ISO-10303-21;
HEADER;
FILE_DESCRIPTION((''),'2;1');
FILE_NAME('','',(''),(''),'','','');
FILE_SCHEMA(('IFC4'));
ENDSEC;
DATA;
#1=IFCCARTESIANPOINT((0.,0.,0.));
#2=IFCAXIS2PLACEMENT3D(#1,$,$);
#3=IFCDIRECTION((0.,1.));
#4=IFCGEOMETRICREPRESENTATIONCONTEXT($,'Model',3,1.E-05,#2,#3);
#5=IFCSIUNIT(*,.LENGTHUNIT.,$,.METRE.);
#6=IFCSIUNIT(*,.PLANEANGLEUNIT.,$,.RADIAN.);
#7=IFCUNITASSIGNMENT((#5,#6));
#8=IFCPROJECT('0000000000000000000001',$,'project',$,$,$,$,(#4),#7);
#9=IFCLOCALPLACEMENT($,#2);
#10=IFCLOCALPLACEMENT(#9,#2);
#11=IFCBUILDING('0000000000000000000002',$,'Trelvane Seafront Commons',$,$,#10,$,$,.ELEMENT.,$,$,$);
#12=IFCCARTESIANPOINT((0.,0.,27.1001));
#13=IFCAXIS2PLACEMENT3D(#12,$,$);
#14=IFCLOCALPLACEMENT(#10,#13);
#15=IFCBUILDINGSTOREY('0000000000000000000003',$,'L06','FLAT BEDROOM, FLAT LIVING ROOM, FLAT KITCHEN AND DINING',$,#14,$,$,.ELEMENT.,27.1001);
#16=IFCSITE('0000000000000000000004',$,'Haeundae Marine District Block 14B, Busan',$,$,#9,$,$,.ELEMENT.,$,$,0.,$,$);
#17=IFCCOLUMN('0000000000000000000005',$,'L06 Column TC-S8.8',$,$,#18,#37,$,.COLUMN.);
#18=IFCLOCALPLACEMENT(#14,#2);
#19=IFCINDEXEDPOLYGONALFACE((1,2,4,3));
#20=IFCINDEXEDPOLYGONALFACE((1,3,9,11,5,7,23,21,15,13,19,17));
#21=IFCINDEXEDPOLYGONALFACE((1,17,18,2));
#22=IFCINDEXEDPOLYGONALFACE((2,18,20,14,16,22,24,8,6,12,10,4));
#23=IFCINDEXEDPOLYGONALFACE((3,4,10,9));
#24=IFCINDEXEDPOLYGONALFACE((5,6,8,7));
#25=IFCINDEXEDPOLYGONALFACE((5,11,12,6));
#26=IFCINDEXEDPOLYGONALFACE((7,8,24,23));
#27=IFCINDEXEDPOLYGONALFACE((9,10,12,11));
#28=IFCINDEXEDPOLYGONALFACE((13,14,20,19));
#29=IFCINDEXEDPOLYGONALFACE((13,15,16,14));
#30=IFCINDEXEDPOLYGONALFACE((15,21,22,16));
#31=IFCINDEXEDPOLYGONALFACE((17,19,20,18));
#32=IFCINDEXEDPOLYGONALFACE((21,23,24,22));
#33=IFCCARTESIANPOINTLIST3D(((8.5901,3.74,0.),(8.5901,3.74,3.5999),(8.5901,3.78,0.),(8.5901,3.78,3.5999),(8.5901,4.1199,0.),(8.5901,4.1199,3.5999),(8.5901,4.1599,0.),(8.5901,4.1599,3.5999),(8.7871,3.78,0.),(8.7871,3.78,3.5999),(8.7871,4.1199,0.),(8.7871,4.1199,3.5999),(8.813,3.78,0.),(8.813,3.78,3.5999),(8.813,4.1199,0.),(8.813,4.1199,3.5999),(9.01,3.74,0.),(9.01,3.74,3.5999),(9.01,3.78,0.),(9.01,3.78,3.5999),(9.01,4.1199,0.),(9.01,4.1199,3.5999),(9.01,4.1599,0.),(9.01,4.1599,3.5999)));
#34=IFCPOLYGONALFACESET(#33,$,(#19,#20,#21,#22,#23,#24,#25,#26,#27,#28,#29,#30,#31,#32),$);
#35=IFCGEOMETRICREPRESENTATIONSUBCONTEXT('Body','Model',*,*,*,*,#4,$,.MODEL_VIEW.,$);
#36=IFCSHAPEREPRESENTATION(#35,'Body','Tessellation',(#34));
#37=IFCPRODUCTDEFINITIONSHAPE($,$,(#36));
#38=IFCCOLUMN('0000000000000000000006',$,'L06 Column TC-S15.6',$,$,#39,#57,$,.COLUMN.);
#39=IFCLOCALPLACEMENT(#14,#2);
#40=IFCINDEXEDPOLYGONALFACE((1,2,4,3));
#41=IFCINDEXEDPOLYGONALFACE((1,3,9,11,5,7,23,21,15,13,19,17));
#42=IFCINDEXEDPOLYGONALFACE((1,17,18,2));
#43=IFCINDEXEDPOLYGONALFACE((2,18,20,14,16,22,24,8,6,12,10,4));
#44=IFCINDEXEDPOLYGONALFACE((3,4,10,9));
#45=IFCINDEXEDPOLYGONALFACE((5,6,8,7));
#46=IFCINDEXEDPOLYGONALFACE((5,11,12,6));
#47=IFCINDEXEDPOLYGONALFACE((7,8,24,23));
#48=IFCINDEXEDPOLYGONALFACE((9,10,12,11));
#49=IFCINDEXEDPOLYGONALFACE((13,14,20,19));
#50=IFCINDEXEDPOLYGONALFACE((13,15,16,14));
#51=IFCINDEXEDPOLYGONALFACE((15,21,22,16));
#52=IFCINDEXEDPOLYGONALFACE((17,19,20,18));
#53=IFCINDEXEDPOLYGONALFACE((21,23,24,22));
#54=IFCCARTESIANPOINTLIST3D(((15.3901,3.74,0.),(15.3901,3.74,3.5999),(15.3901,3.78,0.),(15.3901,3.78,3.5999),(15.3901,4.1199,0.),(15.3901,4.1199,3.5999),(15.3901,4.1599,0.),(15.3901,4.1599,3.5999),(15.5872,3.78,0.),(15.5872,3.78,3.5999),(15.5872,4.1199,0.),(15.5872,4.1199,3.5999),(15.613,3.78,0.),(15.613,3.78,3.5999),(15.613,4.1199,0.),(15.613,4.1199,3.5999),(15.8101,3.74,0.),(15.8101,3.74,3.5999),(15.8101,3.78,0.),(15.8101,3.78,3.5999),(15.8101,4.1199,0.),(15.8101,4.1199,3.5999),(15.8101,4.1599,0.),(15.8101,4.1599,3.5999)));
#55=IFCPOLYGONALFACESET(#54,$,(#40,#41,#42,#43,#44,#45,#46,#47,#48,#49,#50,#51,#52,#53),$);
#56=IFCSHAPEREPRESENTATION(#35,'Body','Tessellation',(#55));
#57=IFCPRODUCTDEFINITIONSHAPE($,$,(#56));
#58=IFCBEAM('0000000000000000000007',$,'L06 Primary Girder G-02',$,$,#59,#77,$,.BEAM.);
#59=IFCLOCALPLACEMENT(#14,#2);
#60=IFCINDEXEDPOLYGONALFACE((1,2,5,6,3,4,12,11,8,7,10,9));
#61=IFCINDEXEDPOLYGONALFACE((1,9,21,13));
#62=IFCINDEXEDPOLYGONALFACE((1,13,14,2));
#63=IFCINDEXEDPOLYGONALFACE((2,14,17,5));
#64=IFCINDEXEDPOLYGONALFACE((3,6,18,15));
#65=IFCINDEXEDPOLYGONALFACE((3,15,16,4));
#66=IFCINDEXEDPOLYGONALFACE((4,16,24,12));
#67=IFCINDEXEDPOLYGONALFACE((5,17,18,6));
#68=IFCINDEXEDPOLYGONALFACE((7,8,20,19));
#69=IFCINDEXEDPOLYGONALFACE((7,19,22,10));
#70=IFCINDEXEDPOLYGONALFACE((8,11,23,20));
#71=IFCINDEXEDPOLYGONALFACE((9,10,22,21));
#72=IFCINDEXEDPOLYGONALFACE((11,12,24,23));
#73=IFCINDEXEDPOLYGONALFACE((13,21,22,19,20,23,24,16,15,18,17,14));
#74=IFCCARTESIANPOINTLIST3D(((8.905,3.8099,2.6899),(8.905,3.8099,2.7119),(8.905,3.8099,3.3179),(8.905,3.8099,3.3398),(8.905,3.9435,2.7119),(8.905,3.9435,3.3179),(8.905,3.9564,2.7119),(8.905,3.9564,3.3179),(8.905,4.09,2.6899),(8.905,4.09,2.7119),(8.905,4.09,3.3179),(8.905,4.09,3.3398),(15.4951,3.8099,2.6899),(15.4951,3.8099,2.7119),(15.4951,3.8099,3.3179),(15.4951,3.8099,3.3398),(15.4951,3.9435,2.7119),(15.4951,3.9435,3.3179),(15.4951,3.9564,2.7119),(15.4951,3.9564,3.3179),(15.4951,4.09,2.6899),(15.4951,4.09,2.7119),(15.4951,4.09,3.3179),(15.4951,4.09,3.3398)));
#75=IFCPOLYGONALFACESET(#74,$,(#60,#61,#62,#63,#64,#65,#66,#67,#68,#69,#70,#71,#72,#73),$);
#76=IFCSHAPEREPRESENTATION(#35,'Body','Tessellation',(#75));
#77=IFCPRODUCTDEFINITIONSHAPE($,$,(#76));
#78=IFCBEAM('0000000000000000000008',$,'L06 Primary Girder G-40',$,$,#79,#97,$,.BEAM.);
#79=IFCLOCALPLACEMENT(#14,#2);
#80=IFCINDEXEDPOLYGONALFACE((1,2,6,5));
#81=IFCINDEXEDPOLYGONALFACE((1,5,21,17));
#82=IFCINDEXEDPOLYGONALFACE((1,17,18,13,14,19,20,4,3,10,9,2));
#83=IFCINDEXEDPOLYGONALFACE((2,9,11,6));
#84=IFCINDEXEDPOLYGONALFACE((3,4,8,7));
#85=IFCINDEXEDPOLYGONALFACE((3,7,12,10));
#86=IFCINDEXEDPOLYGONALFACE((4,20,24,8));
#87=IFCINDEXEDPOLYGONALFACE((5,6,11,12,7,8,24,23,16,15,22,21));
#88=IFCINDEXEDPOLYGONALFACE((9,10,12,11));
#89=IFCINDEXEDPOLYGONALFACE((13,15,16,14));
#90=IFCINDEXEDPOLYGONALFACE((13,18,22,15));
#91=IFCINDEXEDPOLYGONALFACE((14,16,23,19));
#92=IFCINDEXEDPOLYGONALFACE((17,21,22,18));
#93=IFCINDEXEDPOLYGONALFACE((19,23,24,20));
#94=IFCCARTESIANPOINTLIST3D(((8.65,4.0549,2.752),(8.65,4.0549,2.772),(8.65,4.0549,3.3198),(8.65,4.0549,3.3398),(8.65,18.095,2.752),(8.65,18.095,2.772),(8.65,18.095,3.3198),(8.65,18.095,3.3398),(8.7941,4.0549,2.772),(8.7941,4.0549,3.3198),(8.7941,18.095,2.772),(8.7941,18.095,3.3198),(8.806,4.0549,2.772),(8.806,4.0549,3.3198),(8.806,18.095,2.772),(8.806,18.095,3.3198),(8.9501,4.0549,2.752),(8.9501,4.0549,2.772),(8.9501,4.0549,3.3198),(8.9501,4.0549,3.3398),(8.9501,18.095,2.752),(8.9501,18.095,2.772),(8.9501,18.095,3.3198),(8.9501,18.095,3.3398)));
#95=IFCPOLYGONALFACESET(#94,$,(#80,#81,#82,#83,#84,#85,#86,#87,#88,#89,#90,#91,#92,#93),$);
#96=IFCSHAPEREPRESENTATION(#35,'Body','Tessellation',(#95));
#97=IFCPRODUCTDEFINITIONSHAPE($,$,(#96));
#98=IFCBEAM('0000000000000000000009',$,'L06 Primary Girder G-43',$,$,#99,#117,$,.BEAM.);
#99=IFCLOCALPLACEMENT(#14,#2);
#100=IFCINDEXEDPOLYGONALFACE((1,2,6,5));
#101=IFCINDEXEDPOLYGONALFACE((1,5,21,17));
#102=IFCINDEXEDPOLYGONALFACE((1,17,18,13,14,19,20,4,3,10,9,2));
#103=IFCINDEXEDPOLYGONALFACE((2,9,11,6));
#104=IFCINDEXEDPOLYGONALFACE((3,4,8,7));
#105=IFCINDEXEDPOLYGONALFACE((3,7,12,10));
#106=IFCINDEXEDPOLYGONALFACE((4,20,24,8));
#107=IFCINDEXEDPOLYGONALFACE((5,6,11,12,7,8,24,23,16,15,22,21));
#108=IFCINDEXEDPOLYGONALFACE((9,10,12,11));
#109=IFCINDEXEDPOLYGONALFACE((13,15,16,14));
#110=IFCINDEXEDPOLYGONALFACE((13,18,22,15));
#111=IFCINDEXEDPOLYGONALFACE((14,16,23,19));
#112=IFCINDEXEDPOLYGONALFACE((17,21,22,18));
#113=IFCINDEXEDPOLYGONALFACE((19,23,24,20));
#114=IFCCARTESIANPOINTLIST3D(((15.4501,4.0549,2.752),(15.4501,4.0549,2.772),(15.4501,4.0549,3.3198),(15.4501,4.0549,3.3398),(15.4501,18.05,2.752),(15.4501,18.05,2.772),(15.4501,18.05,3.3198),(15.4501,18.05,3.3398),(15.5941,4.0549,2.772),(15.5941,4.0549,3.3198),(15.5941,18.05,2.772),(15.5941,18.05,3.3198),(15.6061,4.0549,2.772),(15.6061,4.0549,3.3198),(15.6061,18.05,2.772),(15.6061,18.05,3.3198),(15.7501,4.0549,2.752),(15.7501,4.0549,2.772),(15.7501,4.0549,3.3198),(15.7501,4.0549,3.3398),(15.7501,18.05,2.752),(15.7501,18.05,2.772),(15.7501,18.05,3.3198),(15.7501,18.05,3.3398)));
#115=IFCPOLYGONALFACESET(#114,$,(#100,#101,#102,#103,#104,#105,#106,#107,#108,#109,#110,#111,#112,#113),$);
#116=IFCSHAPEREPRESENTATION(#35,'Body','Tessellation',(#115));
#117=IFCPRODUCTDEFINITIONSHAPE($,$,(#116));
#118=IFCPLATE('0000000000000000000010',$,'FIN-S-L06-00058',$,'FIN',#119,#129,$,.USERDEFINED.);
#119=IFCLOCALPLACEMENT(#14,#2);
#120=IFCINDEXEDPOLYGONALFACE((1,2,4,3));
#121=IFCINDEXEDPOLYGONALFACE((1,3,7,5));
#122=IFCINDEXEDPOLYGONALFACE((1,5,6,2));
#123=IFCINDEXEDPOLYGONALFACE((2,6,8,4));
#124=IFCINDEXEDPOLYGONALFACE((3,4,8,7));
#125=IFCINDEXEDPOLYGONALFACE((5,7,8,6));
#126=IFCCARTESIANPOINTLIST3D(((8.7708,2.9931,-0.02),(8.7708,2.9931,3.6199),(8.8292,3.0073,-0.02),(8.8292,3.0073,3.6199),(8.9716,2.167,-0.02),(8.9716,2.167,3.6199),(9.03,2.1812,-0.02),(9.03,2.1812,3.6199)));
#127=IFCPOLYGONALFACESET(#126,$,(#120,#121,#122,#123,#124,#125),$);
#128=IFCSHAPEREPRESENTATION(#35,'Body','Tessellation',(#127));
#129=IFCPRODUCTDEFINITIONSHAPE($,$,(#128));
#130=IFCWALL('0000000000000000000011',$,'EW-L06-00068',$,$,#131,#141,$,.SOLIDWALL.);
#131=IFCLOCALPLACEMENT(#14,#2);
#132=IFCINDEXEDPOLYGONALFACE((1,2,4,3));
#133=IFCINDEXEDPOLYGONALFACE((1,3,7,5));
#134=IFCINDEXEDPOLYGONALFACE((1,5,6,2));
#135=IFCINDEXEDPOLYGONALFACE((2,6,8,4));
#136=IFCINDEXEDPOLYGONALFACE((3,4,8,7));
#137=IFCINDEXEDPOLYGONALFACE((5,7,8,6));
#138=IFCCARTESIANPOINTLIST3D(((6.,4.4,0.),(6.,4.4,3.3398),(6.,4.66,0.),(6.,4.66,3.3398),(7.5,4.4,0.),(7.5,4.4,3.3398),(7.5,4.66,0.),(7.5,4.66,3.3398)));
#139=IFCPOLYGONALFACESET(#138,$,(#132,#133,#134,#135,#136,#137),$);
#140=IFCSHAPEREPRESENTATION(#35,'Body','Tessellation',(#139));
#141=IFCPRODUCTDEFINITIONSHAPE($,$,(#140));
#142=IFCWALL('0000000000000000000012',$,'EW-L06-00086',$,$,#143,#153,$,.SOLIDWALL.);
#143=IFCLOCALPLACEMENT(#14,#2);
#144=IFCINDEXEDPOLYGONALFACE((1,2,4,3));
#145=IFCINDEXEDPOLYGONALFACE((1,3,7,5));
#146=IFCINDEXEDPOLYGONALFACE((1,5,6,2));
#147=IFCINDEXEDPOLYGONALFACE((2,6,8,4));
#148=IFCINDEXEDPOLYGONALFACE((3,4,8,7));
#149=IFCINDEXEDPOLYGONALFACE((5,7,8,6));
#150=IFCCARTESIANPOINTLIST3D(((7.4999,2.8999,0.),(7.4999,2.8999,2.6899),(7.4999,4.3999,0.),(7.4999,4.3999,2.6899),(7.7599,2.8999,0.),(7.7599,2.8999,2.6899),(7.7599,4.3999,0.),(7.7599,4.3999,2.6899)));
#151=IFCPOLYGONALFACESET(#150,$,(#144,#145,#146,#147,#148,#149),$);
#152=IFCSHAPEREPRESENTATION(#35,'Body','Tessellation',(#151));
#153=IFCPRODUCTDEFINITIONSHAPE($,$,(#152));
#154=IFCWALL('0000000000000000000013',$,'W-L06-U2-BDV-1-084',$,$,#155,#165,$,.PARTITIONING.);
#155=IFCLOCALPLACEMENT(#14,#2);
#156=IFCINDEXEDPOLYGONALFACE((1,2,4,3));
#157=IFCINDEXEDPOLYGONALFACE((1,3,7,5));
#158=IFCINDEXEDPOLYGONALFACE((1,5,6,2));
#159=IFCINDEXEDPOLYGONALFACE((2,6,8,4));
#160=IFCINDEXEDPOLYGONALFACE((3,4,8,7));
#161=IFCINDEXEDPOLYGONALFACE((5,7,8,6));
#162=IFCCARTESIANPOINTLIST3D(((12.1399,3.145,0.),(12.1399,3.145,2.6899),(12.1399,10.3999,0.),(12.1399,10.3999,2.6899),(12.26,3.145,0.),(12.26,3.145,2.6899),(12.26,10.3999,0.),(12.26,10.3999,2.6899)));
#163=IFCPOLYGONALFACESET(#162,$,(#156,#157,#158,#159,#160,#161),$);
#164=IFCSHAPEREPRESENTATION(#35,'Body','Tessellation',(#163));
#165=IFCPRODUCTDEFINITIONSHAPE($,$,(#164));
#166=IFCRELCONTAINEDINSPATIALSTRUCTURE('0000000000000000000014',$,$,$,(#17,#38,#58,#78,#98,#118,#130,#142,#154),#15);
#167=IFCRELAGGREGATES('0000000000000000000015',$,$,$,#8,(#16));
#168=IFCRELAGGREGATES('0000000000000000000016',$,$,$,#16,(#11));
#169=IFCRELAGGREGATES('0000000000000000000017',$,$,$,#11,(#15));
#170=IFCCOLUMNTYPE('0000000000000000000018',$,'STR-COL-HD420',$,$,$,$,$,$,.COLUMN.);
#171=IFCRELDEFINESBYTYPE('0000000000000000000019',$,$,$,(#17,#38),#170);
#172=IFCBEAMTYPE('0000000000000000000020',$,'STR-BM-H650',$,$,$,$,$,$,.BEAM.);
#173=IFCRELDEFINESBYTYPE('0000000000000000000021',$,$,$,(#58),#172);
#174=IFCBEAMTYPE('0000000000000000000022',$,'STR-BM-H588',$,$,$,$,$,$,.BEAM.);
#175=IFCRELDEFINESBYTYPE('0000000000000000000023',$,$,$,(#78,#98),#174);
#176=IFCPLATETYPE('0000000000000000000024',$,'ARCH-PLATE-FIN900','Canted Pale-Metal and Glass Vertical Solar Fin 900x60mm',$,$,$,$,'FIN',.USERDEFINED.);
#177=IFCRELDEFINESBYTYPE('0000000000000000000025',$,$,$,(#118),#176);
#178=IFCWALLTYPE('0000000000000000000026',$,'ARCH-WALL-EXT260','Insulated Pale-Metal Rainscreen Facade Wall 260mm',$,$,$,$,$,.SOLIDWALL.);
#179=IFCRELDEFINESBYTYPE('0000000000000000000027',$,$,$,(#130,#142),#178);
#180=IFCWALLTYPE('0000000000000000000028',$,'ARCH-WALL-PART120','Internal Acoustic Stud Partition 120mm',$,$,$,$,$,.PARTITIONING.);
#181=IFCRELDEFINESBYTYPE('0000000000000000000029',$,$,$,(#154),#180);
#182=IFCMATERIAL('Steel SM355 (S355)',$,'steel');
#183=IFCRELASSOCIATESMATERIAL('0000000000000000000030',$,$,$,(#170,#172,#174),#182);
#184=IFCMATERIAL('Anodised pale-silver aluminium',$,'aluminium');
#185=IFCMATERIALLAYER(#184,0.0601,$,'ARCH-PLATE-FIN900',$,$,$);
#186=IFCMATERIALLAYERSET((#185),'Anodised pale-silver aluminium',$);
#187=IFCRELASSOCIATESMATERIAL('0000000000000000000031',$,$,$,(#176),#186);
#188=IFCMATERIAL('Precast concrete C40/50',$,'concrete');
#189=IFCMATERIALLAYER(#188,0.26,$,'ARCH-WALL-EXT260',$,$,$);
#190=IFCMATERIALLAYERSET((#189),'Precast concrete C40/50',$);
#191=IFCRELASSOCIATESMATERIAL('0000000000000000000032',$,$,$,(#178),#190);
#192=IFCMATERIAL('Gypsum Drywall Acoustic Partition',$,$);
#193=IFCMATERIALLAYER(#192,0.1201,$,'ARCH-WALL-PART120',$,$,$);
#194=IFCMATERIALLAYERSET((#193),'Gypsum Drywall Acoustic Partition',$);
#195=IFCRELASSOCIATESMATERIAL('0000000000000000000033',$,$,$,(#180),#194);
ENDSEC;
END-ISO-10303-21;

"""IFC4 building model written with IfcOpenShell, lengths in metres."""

from ifc_helpers import new_model, si_unit, direction, frame, frame_2d, origin, origin_2d, place, context, subcontext, project, spatial, rectangle, i_section, extrude, source, transform, mapped, material, layer, layer_set, material_profile, profile_set, type_object, element, save


model = new_model("IFC4")

# Units and contexts
model_context = context("Model", 3, precision=1e-05, world=origin(), true_north=direction((0.0, 1.0)))
body_context = subcontext(model_context, "Body", "Model", "MODEL_VIEW")
ifc_project = project(units=[si_unit("LENGTHUNIT", "METRE"), si_unit("PLANEANGLEUNIT", "RADIAN")], contexts=[model_context])

# Site, building, storey
site_placement = place(None, origin())
site = spatial("IfcSite", under=ifc_project, at=site_placement, Name="Haeundae Marine District Block 14B, Busan", CompositionType="ELEMENT", RefElevation=0.0)
building_placement = place(site_placement, origin())
building = spatial("IfcBuilding", under=site, at=building_placement, Name="Trelvane Seafront Commons", CompositionType="ELEMENT")
storey_placement = place(building_placement, frame((0.0, 0.0, 27.1001)))
storey = spatial("IfcBuildingStorey", under=building, at=storey_placement, Name="L06", Description="FLAT BEDROOM, FLAT LIVING ROOM, FLAT KITCHEN AND DINING", CompositionType="ELEMENT", Elevation=27.1001)

# Columns
ifc_material_1 = material(Name="Steel SM355 (S355)", Category="steel")
ifc_material_profile_1 = material_profile(ifc_material_1, i_section(OverallWidth=0.4199, OverallDepth=0.4199, WebThickness=0.0259, FlangeThickness=0.04, at=origin_2d()), Name="HD-420x420x26x40")
ifc_profile_set_1 = profile_set([ifc_material_profile_1], Name="Steel SM355 (S355)")
column_type = type_object("IfcColumnType", Name="STR-COL-HD420", PredefinedType="COLUMN", material=ifc_profile_set_1)
shared_shape_1 = source(origin(), body_context, "Body", "SweptSolid", [
    extrude(i_section(OverallWidth=0.4199, OverallDepth=0.4199, WebThickness=0.0259, FlangeThickness=0.04, at=origin_2d()), origin(), (0.0, 0.0, 1.0), 3.5999),
])
for number, where, z_axis, x_axis, name in (
    (1, (8.8, 3.95, 0.0), (0.0, 0.0, 1.0), (1.0, 0.0, 0.0), "L06 Column TC-S8.8"),
    (2, (15.6001, 3.95, 0.0), (0.0, 0.0, 1.0), (1.0, 0.0, 0.0), "L06 Column TC-S15.6"),
):
    element("IfcColumn", number, at=place(storey_placement, frame(where, z_axis=z_axis, x_axis=x_axis)), inside=storey, type_object=column_type, Name=name, PredefinedType="COLUMN", context=body_context, shape_type="MappedRepresentation", body=[
        mapped(shared_shape_1, transform((0.0, 0.0, 0.0), x_axis=(1.0, 0.0, 0.0), y_axis=(0.0, 1.0, 0.0), z_axis=(0.0, 0.0, 1.0), scale=1.0)),
    ])

# Beams
ifc_material_profile_2 = material_profile(ifc_material_1, i_section(OverallWidth=0.28, OverallDepth=0.6499, WebThickness=0.0129, FlangeThickness=0.022, at=origin_2d()), Name="H-650x280x13x22")
ifc_profile_set_2 = profile_set([ifc_material_profile_2], Name="Steel SM355 (S355)")
beam_type_1 = type_object("IfcBeamType", Name="STR-BM-H650", PredefinedType="BEAM", material=ifc_profile_set_2)
shared_shape_2 = source(origin(), body_context, "Body", "SweptSolid", [
    extrude(i_section(OverallWidth=0.28, OverallDepth=0.6499, WebThickness=0.0129, FlangeThickness=0.022, at=origin_2d()), origin(), (0.0, 0.0, 1.0), 6.5901),
])
beam_1_placement = place(storey_placement, frame((8.905, 3.95, 3.0149), z_axis=(1.0, 0.0, 0.0), x_axis=(0.0, 1.0, 0.0)))
element("IfcBeam", 3, at=beam_1_placement, inside=storey, type_object=beam_type_1, Name="L06 Primary Girder G-02", PredefinedType="BEAM", context=body_context, shape_type="MappedRepresentation", body=[
    mapped(shared_shape_2, transform((0.0, 0.0, 0.0), x_axis=(1.0, 0.0, 0.0), y_axis=(0.0, 1.0, 0.0), z_axis=(0.0, 0.0, 1.0), scale=1.0)),
])
ifc_material_profile_3 = material_profile(ifc_material_1, i_section(OverallWidth=0.3, OverallDepth=0.5879, WebThickness=0.012, FlangeThickness=0.02, at=origin_2d()), Name="H-588x300x12x20")
ifc_profile_set_3 = profile_set([ifc_material_profile_3], Name="Steel SM355 (S355)")
beam_type_2 = type_object("IfcBeamType", Name="STR-BM-H588", PredefinedType="BEAM", material=ifc_profile_set_3)
shared_shape_3 = source(origin(), body_context, "Body", "SweptSolid", [
    extrude(i_section(OverallWidth=0.3, OverallDepth=0.5879, WebThickness=0.012, FlangeThickness=0.02, at=origin_2d()), origin(), (0.0, 0.0, 1.0), 14.04),
])
beam_2_placement = place(storey_placement, frame((8.8, 4.0549, 3.0459), z_axis=(0.0, 1.0, 0.0), x_axis=(-1.0, 0.0, 0.0)))
element("IfcBeam", 4, at=beam_2_placement, inside=storey, type_object=beam_type_2, Name="L06 Primary Girder G-40", PredefinedType="BEAM", context=body_context, shape_type="MappedRepresentation", body=[
    mapped(shared_shape_3, transform((0.0, 0.0, 0.0), x_axis=(1.0, 0.0, 0.0), y_axis=(0.0, 1.0, 0.0), z_axis=(0.0, 0.0, 1.0), scale=1.0)),
])
shared_shape_4 = source(origin(), body_context, "Body", "SweptSolid", [
    extrude(i_section(OverallWidth=0.3, OverallDepth=0.5879, WebThickness=0.012, FlangeThickness=0.02, at=origin_2d()), origin(), (0.0, 0.0, 1.0), 13.9951),
])
beam_3_placement = place(storey_placement, frame((15.6001, 4.0549, 3.0459), z_axis=(0.0, 1.0, 0.0), x_axis=(-1.0, 0.0, 0.0)))
element("IfcBeam", 5, at=beam_3_placement, inside=storey, type_object=beam_type_2, Name="L06 Primary Girder G-43", PredefinedType="BEAM", context=body_context, shape_type="MappedRepresentation", body=[
    mapped(shared_shape_4, transform((0.0, 0.0, 0.0), x_axis=(1.0, 0.0, 0.0), y_axis=(0.0, 1.0, 0.0), z_axis=(0.0, 0.0, 1.0), scale=1.0)),
])

# Plate
ifc_material_2 = material(Name="Anodised pale-silver aluminium", Category="aluminium")
ifc_layer_1 = layer(ifc_material_2, 0.0601, Name="ARCH-PLATE-FIN900")
ifc_layer_set_1 = layer_set([ifc_layer_1], Name="Anodised pale-silver aluminium")
plate_type = type_object("IfcPlateType", Name="ARCH-PLATE-FIN900", Description="Canted Pale-Metal and Glass Vertical Solar Fin 900x60mm", ElementType="FIN", PredefinedType="USERDEFINED", material=ifc_layer_set_1)
shared_shape_5 = source(origin(), body_context, "Body", "SweptSolid", [
    extrude(rectangle(XDim=0.8501, YDim=0.0601, at=origin_2d()), origin(), (0.0, 0.0, 1.0), 3.6399),
])
plate_placement = place(storey_placement, frame((8.9004, 2.5872, -0.02), z_axis=(0.0, 0.0, 1.0), x_axis=(0.236246, -0.971693, 0.0)))
element("IfcPlate", 6, at=plate_placement, inside=storey, type_object=plate_type, Name="FIN-S-L06-00058", ObjectType="FIN", PredefinedType="USERDEFINED", context=body_context, shape_type="MappedRepresentation", body=[
    mapped(shared_shape_5, transform((0.0, 0.0, 0.0), x_axis=(1.0, 0.0, 0.0), y_axis=(0.0, 1.0, 0.0), z_axis=(0.0, 0.0, 1.0), scale=1.0)),
])

# Walls
ifc_material_3 = material(Name="Precast concrete C40/50", Category="concrete")
ifc_layer_2 = layer(ifc_material_3, 0.26, Name="ARCH-WALL-EXT260")
ifc_layer_set_2 = layer_set([ifc_layer_2], Name="Precast concrete C40/50")
wall_type_1 = type_object("IfcWallType", Name="ARCH-WALL-EXT260", Description="Insulated Pale-Metal Rainscreen Facade Wall 260mm", PredefinedType="SOLIDWALL", material=ifc_layer_set_2)
wall_1_placement = place(storey_placement, frame((7.5, 4.53, 0.0), z_axis=(0.0, 0.0, 1.0), x_axis=(-1.0, 0.0, 0.0)))
element("IfcWall", 7, at=wall_1_placement, inside=storey, type_object=wall_type_1, Name="EW-L06-00068", PredefinedType="SOLIDWALL", context=body_context, shape_type="SweptSolid", body=[
    extrude(rectangle(XDim=1.5, YDim=0.26, at=frame_2d((0.75, 0.0))), origin(), (0.0, 0.0, 1.0), 3.3398),
])
wall_2_placement = place(storey_placement, frame((7.6299, 2.8999, 0.0), z_axis=(0.0, 0.0, 1.0), x_axis=(0.0, 1.0, 0.0)))
element("IfcWall", 8, at=wall_2_placement, inside=storey, type_object=wall_type_1, Name="EW-L06-00086", PredefinedType="SOLIDWALL", context=body_context, shape_type="SweptSolid", body=[
    extrude(rectangle(XDim=1.5, YDim=0.26, at=frame_2d((0.75, 0.0))), origin(), (0.0, 0.0, 1.0), 2.6899),
])

# Shared definitions
ifc_material_4 = material(Name="Gypsum Drywall Acoustic Partition")
ifc_layer_3 = layer(ifc_material_4, 0.1201, Name="ARCH-WALL-PART120")
ifc_layer_set_3 = layer_set([ifc_layer_3], Name="Gypsum Drywall Acoustic Partition")
wall_type_2 = type_object("IfcWallType", Name="ARCH-WALL-PART120", Description="Internal Acoustic Stud Partition 120mm", PredefinedType="PARTITIONING", material=ifc_layer_set_3)

# Wall
wall_3_placement = place(storey_placement, frame((12.2, 3.145, 0.0), z_axis=(0.0, 0.0, 1.0), x_axis=(0.0, 1.0, 0.0)))
element("IfcWall", 9, at=wall_3_placement, inside=storey, type_object=wall_type_2, Name="W-L06-U2-BDV-1-084", PredefinedType="PARTITIONING", context=body_context, shape_type="SweptSolid", body=[
    extrude(rectangle(XDim=7.2549, YDim=0.1201, at=frame_2d((3.6274, 0.0))), origin(), (0.0, 0.0, 1.0), 2.6899),
])

save(model, "model.ifc")
